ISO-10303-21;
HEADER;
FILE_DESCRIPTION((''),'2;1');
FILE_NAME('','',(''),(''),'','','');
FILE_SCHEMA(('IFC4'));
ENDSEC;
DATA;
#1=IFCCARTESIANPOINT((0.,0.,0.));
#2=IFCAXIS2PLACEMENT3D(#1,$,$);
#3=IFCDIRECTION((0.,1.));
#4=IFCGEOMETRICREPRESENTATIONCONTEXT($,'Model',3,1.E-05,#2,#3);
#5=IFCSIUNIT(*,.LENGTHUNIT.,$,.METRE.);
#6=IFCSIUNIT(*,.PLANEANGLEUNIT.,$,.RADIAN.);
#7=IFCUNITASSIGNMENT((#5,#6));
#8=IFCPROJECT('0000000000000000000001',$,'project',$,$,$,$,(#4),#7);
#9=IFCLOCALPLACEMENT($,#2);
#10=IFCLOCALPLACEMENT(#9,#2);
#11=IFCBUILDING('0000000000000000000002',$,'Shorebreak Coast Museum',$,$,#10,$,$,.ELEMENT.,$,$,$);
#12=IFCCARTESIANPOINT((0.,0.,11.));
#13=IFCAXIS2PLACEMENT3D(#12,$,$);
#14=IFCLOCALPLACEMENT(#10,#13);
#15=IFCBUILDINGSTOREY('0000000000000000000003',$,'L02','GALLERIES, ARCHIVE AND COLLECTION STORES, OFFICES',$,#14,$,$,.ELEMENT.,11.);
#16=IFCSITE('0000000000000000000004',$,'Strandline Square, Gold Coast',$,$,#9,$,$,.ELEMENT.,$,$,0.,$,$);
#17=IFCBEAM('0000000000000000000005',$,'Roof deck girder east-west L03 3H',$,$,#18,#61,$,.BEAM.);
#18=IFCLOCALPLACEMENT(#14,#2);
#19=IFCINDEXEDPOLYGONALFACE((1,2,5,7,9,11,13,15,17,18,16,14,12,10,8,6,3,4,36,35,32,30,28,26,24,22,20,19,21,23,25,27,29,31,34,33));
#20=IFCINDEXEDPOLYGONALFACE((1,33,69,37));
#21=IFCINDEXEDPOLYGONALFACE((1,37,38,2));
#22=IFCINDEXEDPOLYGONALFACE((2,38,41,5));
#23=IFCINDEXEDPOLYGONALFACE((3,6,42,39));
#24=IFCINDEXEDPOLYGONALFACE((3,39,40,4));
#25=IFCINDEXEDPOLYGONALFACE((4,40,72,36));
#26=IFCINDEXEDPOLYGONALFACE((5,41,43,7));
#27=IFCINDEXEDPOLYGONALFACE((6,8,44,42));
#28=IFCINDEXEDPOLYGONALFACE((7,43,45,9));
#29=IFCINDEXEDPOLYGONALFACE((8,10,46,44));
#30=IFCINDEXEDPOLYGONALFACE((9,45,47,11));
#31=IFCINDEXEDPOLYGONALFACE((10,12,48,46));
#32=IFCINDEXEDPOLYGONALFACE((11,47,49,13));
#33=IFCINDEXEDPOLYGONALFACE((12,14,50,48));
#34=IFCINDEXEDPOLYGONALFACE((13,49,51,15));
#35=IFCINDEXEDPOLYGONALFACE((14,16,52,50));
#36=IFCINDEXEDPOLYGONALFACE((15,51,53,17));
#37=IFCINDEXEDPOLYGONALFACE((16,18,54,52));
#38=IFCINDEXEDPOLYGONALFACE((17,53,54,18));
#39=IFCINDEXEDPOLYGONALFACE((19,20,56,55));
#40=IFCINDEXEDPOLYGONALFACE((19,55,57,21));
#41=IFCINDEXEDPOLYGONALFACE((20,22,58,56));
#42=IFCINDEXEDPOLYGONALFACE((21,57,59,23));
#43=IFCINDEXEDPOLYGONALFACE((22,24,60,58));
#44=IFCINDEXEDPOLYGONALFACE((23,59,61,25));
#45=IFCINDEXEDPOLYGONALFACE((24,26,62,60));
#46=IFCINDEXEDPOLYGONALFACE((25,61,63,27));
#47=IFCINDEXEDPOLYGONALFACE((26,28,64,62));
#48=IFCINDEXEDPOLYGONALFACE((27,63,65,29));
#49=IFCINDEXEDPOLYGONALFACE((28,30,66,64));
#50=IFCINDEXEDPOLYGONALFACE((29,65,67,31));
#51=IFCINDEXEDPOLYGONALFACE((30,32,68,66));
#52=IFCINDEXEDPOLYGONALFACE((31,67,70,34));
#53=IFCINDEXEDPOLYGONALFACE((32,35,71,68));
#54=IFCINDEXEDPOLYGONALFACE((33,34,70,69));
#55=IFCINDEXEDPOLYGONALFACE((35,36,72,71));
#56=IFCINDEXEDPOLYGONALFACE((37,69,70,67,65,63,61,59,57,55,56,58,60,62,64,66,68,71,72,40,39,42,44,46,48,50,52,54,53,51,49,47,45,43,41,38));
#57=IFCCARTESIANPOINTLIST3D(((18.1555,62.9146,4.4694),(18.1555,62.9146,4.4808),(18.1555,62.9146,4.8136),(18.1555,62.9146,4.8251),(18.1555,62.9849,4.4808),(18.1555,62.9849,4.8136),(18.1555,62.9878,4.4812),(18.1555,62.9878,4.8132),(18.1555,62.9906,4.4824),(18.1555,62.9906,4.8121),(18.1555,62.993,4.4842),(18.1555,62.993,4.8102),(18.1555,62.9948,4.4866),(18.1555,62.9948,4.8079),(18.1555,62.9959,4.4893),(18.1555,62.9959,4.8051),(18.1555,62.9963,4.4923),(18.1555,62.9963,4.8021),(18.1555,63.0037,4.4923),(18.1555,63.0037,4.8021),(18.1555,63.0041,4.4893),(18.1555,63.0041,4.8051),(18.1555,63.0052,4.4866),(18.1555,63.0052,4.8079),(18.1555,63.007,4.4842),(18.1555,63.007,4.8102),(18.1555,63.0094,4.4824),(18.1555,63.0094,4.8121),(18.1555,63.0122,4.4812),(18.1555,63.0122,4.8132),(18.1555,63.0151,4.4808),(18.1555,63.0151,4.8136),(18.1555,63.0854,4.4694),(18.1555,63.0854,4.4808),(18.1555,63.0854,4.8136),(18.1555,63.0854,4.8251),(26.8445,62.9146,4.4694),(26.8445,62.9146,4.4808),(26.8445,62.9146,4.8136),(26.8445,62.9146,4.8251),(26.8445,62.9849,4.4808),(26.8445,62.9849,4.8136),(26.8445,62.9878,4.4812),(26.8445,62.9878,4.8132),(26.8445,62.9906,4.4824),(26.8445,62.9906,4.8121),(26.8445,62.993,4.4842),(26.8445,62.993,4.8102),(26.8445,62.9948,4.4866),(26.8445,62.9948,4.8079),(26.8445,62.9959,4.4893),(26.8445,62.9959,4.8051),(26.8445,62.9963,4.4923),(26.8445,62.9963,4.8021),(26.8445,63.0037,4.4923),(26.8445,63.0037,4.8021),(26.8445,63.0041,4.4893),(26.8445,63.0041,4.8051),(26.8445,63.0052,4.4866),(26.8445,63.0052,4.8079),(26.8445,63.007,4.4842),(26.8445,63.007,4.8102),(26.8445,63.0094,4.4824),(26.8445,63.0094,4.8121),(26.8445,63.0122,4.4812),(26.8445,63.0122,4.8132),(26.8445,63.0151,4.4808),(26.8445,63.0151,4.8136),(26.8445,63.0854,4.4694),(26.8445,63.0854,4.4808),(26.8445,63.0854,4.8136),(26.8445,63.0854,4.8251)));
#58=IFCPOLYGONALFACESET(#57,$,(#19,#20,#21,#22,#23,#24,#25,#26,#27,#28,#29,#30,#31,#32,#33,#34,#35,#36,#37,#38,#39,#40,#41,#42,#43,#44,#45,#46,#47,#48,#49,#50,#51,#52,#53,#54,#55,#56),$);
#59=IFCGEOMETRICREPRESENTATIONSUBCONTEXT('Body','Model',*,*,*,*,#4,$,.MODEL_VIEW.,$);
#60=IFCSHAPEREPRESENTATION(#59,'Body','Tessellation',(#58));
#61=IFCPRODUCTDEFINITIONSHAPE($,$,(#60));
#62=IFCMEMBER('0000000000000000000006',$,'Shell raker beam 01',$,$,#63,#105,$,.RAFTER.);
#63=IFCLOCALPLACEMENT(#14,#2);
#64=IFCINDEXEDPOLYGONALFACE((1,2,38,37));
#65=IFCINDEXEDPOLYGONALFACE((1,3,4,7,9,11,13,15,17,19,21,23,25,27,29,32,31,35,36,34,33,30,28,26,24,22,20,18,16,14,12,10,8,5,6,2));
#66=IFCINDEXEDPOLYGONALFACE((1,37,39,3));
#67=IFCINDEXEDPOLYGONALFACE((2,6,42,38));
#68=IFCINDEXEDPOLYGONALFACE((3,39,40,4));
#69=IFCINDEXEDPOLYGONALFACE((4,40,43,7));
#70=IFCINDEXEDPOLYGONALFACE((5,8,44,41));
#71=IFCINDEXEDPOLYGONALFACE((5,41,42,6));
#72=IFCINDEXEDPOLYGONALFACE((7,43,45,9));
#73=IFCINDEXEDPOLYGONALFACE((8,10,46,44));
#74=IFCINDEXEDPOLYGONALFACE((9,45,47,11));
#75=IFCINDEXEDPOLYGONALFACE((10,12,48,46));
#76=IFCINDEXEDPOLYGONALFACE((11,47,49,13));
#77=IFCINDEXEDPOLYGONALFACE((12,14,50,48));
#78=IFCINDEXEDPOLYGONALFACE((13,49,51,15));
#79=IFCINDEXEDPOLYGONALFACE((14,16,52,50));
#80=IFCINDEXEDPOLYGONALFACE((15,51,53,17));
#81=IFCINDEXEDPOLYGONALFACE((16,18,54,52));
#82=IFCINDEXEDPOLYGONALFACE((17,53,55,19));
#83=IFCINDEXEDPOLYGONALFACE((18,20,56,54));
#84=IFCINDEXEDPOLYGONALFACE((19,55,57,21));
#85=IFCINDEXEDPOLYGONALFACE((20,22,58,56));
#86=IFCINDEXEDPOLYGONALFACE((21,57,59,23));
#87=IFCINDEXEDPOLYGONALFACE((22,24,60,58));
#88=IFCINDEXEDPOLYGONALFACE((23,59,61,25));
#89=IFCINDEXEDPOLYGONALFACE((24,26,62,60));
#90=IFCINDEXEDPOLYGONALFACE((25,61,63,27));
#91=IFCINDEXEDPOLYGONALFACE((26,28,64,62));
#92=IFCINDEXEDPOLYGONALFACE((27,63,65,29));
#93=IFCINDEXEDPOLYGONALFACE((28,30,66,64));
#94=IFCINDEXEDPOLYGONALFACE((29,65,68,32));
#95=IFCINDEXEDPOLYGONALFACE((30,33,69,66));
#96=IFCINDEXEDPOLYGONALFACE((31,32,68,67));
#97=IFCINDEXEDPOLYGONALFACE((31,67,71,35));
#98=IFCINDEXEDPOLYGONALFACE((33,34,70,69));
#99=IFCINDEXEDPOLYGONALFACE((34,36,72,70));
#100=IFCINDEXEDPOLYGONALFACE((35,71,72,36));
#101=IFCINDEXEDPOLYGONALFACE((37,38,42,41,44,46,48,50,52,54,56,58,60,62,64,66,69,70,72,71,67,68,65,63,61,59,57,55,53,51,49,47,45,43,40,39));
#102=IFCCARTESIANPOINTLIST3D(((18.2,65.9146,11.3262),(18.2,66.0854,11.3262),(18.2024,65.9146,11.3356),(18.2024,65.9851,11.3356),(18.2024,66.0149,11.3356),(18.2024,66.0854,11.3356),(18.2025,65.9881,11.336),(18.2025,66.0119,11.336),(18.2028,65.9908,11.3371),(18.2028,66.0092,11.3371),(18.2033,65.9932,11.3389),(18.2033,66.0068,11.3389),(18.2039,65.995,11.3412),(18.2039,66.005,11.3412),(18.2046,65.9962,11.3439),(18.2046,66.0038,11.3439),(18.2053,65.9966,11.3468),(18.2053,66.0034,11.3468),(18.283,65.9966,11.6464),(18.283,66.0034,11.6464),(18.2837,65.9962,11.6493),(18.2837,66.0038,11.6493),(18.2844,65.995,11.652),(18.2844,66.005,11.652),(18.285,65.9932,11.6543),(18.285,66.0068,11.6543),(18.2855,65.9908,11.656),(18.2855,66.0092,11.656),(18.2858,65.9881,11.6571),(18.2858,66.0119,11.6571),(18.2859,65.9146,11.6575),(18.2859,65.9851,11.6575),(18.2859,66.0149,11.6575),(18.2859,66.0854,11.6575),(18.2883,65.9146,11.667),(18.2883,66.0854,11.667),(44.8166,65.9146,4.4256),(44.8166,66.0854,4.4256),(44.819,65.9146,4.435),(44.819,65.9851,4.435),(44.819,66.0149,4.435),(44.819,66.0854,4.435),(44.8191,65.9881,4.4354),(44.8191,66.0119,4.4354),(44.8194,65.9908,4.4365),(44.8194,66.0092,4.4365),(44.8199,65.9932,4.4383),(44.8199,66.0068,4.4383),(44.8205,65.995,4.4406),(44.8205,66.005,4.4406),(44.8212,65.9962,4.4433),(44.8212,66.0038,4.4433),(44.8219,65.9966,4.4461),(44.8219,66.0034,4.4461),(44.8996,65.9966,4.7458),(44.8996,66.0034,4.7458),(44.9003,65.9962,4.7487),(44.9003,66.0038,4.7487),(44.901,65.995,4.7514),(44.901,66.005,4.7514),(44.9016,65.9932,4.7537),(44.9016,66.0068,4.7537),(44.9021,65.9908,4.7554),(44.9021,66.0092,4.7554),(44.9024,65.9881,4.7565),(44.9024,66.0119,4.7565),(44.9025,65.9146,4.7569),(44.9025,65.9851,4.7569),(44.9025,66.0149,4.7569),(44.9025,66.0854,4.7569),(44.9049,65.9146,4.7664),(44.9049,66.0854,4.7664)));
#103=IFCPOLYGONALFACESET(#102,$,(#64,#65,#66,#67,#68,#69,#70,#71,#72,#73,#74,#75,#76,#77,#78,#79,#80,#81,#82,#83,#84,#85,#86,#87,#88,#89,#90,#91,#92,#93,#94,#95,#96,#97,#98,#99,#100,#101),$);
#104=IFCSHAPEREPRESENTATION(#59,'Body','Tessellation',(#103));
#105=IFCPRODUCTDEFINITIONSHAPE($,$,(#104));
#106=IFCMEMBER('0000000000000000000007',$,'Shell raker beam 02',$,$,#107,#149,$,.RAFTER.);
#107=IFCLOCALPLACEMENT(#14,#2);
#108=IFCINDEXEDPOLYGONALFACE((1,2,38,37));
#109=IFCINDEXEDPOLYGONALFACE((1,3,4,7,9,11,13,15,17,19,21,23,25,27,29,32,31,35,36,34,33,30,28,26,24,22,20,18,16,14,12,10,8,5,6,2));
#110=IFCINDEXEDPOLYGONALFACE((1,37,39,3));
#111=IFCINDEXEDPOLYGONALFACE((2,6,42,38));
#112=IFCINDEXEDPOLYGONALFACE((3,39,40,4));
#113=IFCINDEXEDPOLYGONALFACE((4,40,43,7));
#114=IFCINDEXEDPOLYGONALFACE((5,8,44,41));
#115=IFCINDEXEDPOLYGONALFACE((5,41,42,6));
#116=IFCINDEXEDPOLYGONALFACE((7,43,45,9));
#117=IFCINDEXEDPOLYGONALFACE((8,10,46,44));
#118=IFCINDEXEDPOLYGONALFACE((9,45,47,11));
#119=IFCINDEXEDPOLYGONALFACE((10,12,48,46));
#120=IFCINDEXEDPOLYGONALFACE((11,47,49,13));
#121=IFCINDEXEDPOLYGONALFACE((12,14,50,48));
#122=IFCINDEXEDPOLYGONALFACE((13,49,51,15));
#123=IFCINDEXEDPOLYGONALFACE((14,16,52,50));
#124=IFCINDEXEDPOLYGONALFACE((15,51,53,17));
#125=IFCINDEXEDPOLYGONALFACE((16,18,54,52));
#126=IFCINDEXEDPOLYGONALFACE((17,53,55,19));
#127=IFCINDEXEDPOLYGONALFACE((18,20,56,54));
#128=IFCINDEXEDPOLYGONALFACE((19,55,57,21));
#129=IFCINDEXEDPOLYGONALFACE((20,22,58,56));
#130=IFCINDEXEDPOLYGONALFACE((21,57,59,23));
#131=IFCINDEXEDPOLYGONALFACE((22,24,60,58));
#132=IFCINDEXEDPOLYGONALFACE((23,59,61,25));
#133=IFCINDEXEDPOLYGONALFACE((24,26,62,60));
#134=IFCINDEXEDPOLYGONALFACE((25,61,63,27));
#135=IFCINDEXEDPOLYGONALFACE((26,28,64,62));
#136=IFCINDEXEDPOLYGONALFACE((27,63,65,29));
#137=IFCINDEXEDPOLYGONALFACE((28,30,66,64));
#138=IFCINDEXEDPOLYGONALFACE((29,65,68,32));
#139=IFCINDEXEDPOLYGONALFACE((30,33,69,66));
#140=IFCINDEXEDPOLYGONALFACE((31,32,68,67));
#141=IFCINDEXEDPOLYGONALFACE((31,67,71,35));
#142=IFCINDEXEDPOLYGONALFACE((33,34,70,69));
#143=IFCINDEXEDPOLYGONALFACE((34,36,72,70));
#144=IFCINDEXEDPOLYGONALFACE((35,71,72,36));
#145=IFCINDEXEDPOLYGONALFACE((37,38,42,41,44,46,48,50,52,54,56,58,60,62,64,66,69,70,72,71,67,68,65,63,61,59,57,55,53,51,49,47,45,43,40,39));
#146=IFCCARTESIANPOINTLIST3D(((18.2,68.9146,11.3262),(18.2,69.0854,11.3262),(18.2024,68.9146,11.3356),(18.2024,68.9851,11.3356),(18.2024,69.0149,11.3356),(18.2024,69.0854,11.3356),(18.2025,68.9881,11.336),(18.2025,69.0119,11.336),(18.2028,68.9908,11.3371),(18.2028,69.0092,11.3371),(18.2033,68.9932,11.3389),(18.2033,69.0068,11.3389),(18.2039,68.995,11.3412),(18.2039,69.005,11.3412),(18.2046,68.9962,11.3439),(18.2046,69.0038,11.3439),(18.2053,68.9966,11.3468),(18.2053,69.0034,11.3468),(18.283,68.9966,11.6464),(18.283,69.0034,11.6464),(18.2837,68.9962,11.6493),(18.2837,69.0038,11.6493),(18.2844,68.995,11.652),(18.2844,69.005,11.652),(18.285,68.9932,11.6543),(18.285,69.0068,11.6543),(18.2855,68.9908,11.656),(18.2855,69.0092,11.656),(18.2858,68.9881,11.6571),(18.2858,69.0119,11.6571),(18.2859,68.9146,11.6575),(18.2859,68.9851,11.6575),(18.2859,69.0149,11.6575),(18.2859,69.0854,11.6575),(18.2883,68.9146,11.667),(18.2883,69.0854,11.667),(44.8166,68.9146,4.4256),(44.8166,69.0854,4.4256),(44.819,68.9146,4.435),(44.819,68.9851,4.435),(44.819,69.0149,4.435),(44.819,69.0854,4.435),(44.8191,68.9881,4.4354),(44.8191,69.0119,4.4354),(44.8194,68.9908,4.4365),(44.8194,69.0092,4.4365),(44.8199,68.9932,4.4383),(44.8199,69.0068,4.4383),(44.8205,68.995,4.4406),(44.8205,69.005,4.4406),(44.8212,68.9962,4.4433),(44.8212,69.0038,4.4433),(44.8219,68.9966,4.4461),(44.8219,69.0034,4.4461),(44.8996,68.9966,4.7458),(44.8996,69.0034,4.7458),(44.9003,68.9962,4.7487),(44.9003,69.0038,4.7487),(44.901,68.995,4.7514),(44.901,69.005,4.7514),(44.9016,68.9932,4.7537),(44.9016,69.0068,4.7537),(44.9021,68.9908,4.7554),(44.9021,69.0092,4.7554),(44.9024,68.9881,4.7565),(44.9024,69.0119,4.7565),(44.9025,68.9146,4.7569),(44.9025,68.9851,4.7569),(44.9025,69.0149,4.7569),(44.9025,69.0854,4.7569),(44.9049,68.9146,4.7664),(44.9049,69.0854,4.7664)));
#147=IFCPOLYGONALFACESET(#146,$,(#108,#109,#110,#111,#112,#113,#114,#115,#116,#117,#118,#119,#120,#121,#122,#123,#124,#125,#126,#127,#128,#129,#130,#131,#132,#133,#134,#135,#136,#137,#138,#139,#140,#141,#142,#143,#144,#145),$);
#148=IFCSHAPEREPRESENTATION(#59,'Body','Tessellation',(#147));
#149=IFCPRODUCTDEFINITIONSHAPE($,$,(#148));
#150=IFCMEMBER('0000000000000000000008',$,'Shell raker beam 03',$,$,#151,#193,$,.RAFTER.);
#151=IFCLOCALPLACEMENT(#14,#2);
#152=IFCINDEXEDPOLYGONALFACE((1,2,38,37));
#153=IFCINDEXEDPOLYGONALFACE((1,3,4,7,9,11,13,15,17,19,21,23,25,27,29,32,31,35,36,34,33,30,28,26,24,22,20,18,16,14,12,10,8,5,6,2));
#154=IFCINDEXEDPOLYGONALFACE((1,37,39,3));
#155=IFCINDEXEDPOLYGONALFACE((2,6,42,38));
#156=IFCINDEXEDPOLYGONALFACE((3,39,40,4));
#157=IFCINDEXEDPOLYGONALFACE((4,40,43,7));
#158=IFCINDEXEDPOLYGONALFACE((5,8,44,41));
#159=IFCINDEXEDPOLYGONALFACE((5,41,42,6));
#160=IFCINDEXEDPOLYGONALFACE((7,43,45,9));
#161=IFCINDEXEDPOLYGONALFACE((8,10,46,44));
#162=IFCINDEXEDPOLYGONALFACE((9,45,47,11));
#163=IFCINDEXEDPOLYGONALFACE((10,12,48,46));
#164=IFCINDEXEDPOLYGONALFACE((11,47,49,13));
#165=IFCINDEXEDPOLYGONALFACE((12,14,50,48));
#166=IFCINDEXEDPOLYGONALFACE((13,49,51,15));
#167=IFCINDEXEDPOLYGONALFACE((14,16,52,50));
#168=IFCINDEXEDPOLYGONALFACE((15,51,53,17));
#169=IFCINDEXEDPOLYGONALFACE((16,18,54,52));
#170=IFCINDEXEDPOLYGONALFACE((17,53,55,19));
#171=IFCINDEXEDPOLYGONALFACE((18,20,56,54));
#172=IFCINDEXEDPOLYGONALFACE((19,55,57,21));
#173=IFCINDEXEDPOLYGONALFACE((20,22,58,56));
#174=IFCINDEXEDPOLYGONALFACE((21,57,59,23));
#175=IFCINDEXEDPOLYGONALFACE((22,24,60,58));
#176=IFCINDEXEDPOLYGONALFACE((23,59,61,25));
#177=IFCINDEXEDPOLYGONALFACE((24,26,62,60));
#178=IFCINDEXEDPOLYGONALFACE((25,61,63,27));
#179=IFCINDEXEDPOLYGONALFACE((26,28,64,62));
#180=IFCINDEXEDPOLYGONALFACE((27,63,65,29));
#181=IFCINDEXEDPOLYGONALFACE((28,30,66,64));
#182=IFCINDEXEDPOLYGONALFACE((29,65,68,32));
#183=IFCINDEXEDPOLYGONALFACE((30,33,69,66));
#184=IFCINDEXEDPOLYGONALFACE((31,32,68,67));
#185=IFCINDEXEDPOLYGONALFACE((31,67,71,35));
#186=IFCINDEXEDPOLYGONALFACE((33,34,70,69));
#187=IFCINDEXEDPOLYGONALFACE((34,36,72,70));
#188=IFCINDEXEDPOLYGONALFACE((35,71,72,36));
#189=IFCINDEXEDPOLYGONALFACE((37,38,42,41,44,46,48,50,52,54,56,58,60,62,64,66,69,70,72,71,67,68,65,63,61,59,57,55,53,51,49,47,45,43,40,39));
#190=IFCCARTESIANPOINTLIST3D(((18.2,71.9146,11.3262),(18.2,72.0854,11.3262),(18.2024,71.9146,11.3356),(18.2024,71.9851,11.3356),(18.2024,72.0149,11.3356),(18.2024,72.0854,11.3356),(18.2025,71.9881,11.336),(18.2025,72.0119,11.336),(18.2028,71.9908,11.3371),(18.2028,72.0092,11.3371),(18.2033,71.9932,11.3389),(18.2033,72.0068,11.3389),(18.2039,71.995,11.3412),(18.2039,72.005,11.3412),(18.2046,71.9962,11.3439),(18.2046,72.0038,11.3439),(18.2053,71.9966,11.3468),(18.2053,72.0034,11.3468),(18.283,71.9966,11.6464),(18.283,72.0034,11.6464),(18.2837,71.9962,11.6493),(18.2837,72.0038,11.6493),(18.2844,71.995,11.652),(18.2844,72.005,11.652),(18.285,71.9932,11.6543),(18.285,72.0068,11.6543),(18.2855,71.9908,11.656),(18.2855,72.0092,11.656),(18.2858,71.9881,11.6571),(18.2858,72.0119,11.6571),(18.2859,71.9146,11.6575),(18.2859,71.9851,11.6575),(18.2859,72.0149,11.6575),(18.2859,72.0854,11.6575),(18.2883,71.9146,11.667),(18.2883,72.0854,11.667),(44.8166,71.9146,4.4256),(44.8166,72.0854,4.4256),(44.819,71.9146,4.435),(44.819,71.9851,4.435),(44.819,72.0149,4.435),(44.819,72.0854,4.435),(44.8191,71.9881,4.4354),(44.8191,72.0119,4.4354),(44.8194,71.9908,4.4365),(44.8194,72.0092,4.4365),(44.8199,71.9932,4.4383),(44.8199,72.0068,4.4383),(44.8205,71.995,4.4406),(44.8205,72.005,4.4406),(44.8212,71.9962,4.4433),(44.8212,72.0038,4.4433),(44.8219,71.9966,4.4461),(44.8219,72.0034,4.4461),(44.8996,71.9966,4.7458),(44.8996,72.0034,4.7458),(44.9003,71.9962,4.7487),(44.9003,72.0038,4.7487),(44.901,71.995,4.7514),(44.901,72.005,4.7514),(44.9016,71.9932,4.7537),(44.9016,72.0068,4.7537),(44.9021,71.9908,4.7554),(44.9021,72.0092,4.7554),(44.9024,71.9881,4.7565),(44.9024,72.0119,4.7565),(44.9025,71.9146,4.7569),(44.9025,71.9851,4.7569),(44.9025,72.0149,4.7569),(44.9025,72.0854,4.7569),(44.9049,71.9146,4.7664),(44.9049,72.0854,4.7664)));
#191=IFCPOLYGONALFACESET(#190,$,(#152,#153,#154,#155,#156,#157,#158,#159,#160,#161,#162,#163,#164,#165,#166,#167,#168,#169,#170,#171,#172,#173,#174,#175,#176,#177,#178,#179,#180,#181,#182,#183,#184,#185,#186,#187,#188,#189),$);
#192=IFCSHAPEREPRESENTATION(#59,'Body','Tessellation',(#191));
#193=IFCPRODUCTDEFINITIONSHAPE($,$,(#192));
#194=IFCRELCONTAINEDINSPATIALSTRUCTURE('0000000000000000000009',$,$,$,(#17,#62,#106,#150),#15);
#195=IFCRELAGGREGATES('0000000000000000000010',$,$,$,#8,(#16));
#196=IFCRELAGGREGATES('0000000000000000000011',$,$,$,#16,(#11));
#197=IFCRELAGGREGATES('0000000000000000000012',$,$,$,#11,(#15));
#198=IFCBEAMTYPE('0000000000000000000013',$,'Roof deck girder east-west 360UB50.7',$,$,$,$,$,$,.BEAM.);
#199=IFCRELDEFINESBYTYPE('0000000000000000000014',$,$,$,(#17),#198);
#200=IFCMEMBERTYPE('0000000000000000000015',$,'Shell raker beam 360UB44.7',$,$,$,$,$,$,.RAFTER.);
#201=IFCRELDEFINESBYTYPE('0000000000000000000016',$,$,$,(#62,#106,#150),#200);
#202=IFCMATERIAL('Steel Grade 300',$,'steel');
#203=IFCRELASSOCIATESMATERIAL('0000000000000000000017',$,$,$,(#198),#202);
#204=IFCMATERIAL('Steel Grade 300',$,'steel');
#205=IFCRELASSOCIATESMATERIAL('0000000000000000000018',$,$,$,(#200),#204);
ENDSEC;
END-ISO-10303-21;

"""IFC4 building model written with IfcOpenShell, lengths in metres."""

from ifc_helpers import new_model, si_unit, direction, frame, origin, origin_2d, place, context, subcontext, project, spatial, i_section, extrude, material, material_profile, profile_set, type_object, element, save


model = new_model("IFC4")

# Units and contexts
model_context = context("Model", 3, precision=1e-05, world=origin(), true_north=direction((0.0, 1.0)))
body_context = subcontext(model_context, "Body", "Model", "MODEL_VIEW")
ifc_project = project(units=[si_unit("LENGTHUNIT", "METRE"), si_unit("PLANEANGLEUNIT", "RADIAN")], contexts=[model_context])

# Site, building, storey
site_placement = place(None, origin())
site = spatial("IfcSite", under=ifc_project, at=site_placement, Name="Strandline Square, Gold Coast", CompositionType="ELEMENT", RefElevation=0.0)
building_placement = place(site_placement, origin())
building = spatial("IfcBuilding", under=site, at=building_placement, Name="Shorebreak Coast Museum", CompositionType="ELEMENT")
storey_placement = place(building_placement, frame((0.0, 0.0, 11.0)))
storey = spatial("IfcBuildingStorey", under=building, at=storey_placement, Name="L02", Description="GALLERIES, ARCHIVE AND COLLECTION STORES, OFFICES", CompositionType="ELEMENT", Elevation=11.0)

# Beam
ifc_material_1 = material(Name="Steel Grade 300", Category="steel")
ifc_material_profile_1 = material_profile(ifc_material_1, i_section(OverallWidth=0.1709, OverallDepth=0.3557, WebThickness=0.0073, FlangeThickness=0.0115, FilletRadius=0.0115, at=origin_2d()), Name="360UB50.7")
ifc_profile_set_1 = profile_set([ifc_material_profile_1], Name="Steel Grade 300")
beam_type = type_object("IfcBeamType", Name="Roof deck girder east-west 360UB50.7", PredefinedType="BEAM", material=ifc_profile_set_1)
beam_placement = place(storey_placement, frame((18.1555, 63.0, 4.6472), z_axis=(1.0, 0.0, 0.0), x_axis=(0.0, 1.0, 0.0)))
element("IfcBeam", 1, at=beam_placement, inside=storey, type_object=beam_type, Name="Roof deck girder east-west L03 3H", PredefinedType="BEAM", context=body_context, shape_type="SweptSolid", body=[
    extrude(i_section(OverallWidth=0.1709, OverallDepth=0.3557, WebThickness=0.0073, FlangeThickness=0.0115, FilletRadius=0.0115, at=origin_2d()), origin(), (0.0, 0.0, 1.0), 8.689),
])

# Members
ifc_material_2 = material(Name="Steel Grade 300", Category="steel")
ifc_material_profile_2 = material_profile(ifc_material_2, i_section(OverallWidth=0.1709, OverallDepth=0.3521, WebThickness=0.0068, FlangeThickness=0.0098, FilletRadius=0.0115, at=origin_2d()), Name="360UB44.7")
ifc_profile_set_2 = profile_set([ifc_material_profile_2], Name="Steel Grade 300")
member_type = type_object("IfcMemberType", Name="Shell raker beam 360UB44.7", PredefinedType="RAFTER", material=ifc_profile_set_2)
for number, where, z_axis, x_axis, name in (
    (2, (18.2441, 66.0, 11.4966), (0.967997, 0.0, -0.250962), (0.0, 1.0, 0.0), "Shell raker beam 01"),
    (3, (18.2441, 69.0, 11.4966), (0.967997, 0.0, -0.250962), (0.0, 1.0, 0.0), "Shell raker beam 02"),
    (4, (18.2441, 72.0, 11.4966), (0.967997, 0.0, -0.250962), (0.0, 1.0, 0.0), "Shell raker beam 03"),
):
    element("IfcMember", number, at=place(storey_placement, frame(where, z_axis=z_axis, x_axis=x_axis)), inside=storey, type_object=member_type, Name=name, PredefinedType="RAFTER", context=body_context, shape_type="SweptSolid", body=[
        extrude(i_section(OverallWidth=0.1709, OverallDepth=0.3521, WebThickness=0.0068, FlangeThickness=0.0098, FilletRadius=0.0115, at=origin_2d()), origin(), (0.0, 0.0, 1.0), 27.4966),
    ])

save(model, "model.ifc")
